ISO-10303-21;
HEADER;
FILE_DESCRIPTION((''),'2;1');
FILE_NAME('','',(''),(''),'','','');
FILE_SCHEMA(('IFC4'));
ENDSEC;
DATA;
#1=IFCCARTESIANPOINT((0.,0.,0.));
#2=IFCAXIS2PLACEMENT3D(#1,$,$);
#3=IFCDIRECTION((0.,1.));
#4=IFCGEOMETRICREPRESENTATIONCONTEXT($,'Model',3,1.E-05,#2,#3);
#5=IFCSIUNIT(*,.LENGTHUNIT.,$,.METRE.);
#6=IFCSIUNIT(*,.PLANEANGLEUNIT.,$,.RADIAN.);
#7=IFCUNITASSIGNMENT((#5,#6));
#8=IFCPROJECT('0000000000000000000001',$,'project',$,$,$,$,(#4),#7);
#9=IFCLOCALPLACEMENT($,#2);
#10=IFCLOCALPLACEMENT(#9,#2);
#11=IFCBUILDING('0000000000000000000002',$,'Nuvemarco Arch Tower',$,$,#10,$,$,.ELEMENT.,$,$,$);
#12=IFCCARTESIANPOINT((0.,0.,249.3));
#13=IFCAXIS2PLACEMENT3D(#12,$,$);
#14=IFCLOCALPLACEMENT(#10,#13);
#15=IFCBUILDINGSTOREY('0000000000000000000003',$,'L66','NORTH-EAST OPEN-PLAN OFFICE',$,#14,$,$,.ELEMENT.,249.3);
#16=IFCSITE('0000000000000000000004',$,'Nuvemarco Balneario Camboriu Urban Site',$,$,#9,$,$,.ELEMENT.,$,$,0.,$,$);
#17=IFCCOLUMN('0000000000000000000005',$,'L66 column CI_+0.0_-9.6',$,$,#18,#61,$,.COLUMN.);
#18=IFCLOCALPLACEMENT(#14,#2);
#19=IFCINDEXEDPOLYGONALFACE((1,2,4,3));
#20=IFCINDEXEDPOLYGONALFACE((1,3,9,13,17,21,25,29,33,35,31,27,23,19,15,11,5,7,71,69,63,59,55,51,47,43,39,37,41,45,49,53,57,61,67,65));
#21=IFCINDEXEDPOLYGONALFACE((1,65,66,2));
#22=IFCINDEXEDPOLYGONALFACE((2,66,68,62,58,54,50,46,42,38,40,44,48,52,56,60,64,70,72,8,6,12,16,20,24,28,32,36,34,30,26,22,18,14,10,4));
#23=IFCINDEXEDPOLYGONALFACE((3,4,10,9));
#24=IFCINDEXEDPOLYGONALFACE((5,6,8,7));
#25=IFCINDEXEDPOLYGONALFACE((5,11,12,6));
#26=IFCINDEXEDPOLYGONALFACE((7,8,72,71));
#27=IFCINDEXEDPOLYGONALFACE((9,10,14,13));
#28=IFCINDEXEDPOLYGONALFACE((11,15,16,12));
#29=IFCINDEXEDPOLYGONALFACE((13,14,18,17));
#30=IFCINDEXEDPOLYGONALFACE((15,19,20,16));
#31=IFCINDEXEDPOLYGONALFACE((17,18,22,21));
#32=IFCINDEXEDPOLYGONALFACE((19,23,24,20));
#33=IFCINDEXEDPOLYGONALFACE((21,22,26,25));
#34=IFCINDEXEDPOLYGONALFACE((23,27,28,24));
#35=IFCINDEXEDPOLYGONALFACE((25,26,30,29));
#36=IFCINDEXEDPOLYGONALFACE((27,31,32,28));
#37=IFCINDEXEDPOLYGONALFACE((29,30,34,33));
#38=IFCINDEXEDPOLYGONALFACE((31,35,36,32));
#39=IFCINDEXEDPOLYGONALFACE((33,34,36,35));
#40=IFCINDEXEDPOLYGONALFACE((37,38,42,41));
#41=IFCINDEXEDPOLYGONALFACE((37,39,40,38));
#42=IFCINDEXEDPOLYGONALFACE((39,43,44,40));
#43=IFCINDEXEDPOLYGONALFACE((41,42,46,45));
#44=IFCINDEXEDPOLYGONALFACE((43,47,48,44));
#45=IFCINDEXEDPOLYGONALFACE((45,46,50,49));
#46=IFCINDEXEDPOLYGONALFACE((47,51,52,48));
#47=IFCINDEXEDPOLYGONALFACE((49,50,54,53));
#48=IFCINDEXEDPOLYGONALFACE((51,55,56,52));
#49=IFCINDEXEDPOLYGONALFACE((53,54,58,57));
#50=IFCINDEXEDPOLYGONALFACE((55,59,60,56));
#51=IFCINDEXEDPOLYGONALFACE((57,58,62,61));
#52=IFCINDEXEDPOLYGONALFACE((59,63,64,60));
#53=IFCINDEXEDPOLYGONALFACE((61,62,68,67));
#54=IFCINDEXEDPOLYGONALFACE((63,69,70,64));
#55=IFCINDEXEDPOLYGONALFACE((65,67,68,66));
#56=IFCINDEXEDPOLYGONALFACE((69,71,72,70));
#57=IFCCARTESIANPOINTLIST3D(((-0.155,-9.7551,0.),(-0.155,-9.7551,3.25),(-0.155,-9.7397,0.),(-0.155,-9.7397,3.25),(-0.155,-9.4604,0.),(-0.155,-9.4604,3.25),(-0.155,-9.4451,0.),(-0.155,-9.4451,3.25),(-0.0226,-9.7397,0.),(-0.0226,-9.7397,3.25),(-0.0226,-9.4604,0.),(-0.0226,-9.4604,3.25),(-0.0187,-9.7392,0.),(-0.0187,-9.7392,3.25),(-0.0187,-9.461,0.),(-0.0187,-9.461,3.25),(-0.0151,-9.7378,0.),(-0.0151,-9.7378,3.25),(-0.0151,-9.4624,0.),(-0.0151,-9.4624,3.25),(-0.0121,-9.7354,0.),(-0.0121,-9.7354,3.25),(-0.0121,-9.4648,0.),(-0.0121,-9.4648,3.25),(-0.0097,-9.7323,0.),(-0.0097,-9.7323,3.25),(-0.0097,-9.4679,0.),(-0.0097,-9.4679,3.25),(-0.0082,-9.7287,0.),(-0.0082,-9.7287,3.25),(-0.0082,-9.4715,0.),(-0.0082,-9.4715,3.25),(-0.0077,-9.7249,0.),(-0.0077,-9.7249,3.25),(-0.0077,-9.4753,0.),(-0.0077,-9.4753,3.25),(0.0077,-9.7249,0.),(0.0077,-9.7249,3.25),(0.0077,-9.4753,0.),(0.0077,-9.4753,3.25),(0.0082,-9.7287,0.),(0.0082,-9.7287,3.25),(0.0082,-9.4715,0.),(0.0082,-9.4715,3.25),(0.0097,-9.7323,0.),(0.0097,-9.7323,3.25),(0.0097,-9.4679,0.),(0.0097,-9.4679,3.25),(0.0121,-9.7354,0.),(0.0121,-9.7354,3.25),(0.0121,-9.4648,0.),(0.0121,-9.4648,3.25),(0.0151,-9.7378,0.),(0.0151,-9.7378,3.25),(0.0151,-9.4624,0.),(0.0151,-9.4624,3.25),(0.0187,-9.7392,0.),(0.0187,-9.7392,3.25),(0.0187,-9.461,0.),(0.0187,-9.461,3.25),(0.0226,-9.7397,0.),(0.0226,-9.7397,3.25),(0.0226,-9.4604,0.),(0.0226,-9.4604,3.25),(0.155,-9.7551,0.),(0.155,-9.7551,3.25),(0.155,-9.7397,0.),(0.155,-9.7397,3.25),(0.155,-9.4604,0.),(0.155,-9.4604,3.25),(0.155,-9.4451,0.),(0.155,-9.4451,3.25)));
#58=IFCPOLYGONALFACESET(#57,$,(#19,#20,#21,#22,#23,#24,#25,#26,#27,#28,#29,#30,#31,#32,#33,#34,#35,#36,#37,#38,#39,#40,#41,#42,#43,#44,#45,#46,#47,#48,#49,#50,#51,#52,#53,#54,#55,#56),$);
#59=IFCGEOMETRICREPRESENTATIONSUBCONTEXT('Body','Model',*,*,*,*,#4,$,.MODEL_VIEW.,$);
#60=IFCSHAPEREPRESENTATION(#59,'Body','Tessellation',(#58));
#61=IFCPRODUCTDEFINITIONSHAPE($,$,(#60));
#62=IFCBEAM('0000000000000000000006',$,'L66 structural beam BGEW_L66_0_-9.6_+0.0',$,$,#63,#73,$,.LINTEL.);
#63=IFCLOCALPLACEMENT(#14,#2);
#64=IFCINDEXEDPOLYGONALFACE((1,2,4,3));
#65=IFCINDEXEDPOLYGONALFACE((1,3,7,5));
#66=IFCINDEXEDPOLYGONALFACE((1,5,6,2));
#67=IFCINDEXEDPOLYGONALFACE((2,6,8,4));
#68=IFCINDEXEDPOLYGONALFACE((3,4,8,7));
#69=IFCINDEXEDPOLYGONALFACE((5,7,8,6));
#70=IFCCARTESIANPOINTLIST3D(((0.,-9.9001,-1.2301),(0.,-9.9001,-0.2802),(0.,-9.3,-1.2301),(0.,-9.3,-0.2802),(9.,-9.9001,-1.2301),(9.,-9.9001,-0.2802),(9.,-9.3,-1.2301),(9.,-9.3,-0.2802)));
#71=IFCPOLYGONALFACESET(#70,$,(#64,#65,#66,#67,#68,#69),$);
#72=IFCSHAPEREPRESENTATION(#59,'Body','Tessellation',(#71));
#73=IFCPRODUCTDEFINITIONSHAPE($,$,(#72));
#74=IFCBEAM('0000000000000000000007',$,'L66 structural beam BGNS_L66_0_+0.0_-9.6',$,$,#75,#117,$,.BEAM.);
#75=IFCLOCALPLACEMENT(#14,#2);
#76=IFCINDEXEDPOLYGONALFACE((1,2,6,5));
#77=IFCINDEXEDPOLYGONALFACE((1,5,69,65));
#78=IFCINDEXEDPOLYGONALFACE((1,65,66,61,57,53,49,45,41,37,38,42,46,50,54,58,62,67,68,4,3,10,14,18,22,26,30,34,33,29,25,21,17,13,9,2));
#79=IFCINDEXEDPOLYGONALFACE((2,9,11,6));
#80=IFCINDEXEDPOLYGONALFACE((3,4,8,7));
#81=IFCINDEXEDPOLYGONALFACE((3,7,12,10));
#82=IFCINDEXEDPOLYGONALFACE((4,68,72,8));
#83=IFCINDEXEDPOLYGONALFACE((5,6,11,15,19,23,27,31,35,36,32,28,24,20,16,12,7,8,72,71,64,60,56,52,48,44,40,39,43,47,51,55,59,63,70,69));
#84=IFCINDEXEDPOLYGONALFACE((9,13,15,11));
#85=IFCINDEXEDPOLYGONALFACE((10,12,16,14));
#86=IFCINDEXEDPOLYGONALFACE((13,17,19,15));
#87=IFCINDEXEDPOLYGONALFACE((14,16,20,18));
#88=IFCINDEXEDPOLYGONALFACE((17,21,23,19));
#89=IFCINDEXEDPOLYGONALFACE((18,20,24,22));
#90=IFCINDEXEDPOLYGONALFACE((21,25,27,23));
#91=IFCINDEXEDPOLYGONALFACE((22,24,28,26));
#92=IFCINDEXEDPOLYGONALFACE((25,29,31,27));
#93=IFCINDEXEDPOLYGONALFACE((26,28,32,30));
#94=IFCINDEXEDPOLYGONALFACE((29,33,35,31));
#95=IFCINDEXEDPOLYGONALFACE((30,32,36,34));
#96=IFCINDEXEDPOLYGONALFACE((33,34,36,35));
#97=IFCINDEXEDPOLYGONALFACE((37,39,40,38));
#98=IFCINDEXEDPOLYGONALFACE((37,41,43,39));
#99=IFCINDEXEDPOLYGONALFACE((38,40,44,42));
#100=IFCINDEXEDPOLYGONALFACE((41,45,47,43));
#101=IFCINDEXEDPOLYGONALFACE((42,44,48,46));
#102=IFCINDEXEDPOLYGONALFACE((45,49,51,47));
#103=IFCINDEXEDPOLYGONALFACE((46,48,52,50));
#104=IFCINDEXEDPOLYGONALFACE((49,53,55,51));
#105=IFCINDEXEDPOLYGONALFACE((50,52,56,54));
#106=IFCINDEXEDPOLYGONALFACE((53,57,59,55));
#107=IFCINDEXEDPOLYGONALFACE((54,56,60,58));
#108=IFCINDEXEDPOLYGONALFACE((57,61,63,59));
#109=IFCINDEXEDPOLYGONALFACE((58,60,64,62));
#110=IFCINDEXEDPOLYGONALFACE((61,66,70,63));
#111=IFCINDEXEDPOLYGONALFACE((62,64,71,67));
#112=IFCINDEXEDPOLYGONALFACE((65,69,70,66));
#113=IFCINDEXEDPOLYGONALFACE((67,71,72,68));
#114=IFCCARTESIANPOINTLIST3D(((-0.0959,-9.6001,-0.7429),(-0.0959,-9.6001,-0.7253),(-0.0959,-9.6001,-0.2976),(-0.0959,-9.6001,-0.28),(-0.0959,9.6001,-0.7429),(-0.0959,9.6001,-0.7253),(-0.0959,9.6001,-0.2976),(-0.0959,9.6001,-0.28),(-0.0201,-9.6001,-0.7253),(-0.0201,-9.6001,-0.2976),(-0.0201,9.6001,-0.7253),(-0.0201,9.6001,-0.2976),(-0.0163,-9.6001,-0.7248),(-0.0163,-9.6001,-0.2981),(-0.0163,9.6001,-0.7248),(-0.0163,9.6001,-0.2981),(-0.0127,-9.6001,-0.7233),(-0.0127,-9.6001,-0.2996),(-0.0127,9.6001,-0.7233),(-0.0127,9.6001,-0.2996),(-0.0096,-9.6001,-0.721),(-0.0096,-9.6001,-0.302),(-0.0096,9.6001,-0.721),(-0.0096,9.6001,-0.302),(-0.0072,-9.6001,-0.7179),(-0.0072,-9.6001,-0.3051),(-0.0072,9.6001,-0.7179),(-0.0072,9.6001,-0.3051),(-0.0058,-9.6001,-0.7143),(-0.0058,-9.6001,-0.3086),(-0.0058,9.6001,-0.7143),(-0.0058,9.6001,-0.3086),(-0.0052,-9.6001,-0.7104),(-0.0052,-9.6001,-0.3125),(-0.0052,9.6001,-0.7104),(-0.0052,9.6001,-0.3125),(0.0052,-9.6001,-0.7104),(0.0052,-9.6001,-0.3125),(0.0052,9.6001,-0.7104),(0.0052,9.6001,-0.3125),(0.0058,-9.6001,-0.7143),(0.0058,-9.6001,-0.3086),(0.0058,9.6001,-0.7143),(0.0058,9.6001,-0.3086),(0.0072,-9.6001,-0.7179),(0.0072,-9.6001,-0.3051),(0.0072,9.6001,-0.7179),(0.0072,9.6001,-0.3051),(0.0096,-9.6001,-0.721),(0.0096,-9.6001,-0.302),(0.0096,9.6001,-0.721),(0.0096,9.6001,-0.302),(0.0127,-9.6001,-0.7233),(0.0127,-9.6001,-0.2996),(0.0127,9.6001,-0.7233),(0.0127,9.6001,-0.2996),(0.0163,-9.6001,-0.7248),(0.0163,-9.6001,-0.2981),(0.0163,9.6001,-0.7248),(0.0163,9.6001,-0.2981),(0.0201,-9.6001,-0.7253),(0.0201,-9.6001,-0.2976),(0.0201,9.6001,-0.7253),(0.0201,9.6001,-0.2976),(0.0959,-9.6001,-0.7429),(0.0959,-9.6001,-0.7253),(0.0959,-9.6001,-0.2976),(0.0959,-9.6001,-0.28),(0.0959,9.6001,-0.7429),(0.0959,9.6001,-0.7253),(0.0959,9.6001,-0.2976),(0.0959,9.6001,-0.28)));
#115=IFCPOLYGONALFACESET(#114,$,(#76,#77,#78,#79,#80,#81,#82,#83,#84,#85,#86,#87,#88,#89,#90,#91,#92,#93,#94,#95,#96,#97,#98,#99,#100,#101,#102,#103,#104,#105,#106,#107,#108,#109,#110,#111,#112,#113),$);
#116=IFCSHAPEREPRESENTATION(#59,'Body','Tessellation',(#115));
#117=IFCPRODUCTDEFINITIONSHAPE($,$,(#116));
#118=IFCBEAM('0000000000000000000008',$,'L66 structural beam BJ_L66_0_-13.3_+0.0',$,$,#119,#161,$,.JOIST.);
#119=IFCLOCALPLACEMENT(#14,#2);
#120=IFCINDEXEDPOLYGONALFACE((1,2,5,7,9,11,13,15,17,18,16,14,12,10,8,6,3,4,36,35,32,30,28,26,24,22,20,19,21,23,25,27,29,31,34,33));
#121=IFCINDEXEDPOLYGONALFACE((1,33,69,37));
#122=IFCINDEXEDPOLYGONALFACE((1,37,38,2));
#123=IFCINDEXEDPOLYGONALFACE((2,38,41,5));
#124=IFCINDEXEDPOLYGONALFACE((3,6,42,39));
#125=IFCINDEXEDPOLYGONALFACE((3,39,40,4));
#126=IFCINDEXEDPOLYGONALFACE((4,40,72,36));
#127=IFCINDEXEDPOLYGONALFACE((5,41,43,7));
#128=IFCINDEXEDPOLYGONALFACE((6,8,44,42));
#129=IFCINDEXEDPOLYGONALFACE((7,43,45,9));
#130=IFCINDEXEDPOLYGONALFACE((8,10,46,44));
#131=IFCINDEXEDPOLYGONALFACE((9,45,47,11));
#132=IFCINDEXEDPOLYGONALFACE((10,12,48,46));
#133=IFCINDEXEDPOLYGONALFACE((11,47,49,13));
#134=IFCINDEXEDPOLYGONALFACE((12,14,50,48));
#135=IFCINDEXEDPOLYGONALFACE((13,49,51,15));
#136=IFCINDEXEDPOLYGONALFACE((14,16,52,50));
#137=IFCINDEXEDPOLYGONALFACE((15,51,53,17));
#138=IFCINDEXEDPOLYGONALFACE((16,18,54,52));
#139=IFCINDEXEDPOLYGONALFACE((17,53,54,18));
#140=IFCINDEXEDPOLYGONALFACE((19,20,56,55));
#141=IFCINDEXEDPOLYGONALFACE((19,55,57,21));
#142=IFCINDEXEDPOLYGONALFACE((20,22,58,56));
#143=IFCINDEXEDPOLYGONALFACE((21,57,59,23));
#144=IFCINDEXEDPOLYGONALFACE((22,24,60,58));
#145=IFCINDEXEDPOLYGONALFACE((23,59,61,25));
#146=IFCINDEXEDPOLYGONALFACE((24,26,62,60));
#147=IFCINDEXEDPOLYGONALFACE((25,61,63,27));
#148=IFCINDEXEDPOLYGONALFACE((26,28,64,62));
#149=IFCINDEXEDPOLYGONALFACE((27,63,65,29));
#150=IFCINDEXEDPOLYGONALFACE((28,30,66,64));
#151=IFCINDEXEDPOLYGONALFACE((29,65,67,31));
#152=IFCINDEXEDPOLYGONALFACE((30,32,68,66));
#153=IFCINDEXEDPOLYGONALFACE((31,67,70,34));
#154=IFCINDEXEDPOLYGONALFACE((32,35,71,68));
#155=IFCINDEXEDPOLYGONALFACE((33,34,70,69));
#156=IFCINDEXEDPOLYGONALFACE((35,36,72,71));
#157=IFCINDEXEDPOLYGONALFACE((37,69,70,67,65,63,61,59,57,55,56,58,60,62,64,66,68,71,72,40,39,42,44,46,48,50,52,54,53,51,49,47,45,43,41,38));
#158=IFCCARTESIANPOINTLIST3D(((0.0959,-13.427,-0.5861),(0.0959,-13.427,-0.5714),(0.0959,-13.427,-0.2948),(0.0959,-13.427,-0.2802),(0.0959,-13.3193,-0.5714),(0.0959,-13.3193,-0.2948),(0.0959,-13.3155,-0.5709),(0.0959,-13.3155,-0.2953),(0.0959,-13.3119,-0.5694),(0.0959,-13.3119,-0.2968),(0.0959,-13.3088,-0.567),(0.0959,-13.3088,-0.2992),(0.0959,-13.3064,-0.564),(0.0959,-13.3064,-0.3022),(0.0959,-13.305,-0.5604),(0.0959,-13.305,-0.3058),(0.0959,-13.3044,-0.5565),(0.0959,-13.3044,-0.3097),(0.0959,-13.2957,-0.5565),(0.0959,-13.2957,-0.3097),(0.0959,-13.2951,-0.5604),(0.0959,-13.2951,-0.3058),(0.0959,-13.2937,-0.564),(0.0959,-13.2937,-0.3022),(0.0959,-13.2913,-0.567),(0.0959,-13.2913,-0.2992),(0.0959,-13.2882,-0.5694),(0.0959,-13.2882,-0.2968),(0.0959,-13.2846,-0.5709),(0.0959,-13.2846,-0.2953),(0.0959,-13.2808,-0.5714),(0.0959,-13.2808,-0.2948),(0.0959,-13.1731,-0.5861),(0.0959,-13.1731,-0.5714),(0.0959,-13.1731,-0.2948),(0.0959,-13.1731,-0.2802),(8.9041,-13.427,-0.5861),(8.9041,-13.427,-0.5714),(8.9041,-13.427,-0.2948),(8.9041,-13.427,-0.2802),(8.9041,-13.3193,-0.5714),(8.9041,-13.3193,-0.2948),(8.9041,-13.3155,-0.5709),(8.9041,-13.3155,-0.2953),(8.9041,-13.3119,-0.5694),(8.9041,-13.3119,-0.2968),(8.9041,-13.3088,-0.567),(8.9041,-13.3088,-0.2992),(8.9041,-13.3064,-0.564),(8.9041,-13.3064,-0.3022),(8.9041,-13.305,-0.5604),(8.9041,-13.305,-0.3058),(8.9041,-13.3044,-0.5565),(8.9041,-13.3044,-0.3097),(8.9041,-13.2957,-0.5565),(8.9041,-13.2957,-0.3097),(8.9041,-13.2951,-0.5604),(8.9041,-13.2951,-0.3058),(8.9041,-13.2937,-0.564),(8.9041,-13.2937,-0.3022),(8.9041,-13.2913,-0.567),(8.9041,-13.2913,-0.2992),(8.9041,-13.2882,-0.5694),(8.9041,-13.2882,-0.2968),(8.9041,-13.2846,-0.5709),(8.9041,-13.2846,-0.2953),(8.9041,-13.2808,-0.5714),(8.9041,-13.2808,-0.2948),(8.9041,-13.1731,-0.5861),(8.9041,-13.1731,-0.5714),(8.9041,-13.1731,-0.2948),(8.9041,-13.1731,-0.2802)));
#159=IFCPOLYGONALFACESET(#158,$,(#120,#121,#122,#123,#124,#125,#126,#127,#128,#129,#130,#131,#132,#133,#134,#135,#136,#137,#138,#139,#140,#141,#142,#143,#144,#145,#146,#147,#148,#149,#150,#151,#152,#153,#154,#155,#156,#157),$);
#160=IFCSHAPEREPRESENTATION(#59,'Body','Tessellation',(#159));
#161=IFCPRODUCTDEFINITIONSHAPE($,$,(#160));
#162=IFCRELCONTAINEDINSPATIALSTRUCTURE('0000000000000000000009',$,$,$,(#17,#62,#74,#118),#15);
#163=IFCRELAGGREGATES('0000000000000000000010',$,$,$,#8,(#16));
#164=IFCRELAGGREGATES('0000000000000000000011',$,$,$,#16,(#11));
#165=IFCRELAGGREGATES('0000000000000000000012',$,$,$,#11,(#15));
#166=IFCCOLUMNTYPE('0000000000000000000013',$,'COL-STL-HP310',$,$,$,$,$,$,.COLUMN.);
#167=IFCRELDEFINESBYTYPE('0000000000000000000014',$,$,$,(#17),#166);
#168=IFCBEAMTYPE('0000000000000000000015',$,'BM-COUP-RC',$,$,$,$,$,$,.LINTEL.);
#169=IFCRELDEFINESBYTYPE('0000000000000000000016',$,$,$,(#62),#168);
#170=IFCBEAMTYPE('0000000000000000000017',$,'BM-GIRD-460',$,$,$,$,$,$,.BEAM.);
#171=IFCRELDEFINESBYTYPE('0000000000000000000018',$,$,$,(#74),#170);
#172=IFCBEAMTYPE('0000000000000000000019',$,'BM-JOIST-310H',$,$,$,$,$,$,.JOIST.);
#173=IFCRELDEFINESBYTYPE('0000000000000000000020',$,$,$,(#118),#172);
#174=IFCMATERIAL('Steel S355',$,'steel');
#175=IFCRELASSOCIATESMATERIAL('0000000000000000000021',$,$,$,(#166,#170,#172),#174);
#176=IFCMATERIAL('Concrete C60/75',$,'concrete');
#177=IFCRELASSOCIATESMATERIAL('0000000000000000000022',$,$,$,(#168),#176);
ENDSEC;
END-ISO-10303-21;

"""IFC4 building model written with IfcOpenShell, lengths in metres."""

from ifc_helpers import new_model, si_unit, direction, frame, origin, origin_2d, place, context, subcontext, project, spatial, rectangle, i_section, extrude, material, material_profile, profile_set, type_object, element, save


model = new_model("IFC4")

# Units and contexts
model_context = context("Model", 3, precision=1e-05, world=origin(), true_north=direction((0.0, 1.0)))
body_context = subcontext(model_context, "Body", "Model", "MODEL_VIEW")
ifc_project = project(units=[si_unit("LENGTHUNIT", "METRE"), si_unit("PLANEANGLEUNIT", "RADIAN")], contexts=[model_context])

# Site, building, storey
site_placement = place(None, origin())
site = spatial("IfcSite", under=ifc_project, at=site_placement, Name="Nuvemarco Balneario Camboriu Urban Site", CompositionType="ELEMENT", RefElevation=0.0)
building_placement = place(site_placement, origin())
building = spatial("IfcBuilding", under=site, at=building_placement, Name="Nuvemarco Arch Tower", CompositionType="ELEMENT")
storey_placement = place(building_placement, frame((0.0, 0.0, 249.3)))
storey = spatial("IfcBuildingStorey", under=building, at=storey_placement, Name="L66", Description="NORTH-EAST OPEN-PLAN OFFICE", CompositionType="ELEMENT", Elevation=249.3)

# Column
ifc_material_1 = material(Name="Steel S355", Category="steel")
ifc_material_profile_1 = material_profile(ifc_material_1, i_section(OverallWidth=0.3101, OverallDepth=0.3101, WebThickness=0.0154, FlangeThickness=0.0154, FilletRadius=0.0149, at=origin_2d()), Name="HP310x110")
ifc_profile_set_1 = profile_set([ifc_material_profile_1], Name="Steel S355")
column_type = type_object("IfcColumnType", Name="COL-STL-HP310", PredefinedType="COLUMN", material=ifc_profile_set_1)
column_placement = place(storey_placement, frame((0.0, -9.6001, 0.0), z_axis=(0.0, 0.0, 1.0), x_axis=(1.0, 0.0, 0.0)))
element("IfcColumn", 1, at=column_placement, inside=storey, type_object=column_type, Name="L66 column CI_+0.0_-9.6", PredefinedType="COLUMN", context=body_context, shape_type="SweptSolid", body=[
    extrude(i_section(OverallWidth=0.3101, OverallDepth=0.3101, WebThickness=0.0154, FlangeThickness=0.0154, FilletRadius=0.0149, at=origin_2d()), origin(), (0.0, 0.0, 1.0), 3.25),
])

# Beams
ifc_material_2 = material(Name="Concrete C60/75", Category="concrete")
ifc_material_profile_2 = material_profile(ifc_material_2, rectangle(XDim=0.6001, YDim=0.95, at=origin_2d()), Name="RC-BM-600x950")
ifc_profile_set_2 = profile_set([ifc_material_profile_2], Name="Concrete C60/75")
beam_type_1 = type_object("IfcBeamType", Name="BM-COUP-RC", PredefinedType="LINTEL", material=ifc_profile_set_2)
beam_1_placement = place(storey_placement, frame((0.0, -9.6001, -0.7551), z_axis=(1.0, 0.0, 0.0), x_axis=(0.0, 1.0, 0.0)))
element("IfcBeam", 2, at=beam_1_placement, inside=storey, type_object=beam_type_1, Name="L66 structural beam BGEW_L66_0_-9.6_+0.0", PredefinedType="LINTEL", context=body_context, shape_type="SweptSolid", body=[
    extrude(rectangle(XDim=0.6001, YDim=0.95, at=origin_2d()), origin(), (0.0, 0.0, 1.0), 9.0),
])
ifc_material_profile_3 = material_profile(ifc_material_1, i_section(OverallWidth=0.1919, OverallDepth=0.4629, WebThickness=0.0105, FlangeThickness=0.0176, FilletRadius=0.0149, at=origin_2d()), Name="W460x89")
ifc_profile_set_3 = profile_set([ifc_material_profile_3], Name="Steel S355")
beam_type_2 = type_object("IfcBeamType", Name="BM-GIRD-460", PredefinedType="BEAM", material=ifc_profile_set_3)
beam_2_placement = place(storey_placement, frame((0.0, -9.6001, -0.5115), z_axis=(0.0, 1.0, 0.0), x_axis=(-1.0, 0.0, 0.0)))
element("IfcBeam", 3, at=beam_2_placement, inside=storey, type_object=beam_type_2, Name="L66 structural beam BGNS_L66_0_+0.0_-9.6", PredefinedType="BEAM", context=body_context, shape_type="SweptSolid", body=[
    extrude(i_section(OverallWidth=0.1919, OverallDepth=0.4629, WebThickness=0.0105, FlangeThickness=0.0176, FilletRadius=0.0149, at=origin_2d()), origin(), (0.0, 0.0, 1.0), 19.2002),
])
ifc_material_profile_4 = material_profile(ifc_material_1, i_section(OverallWidth=0.2539, OverallDepth=0.3059, WebThickness=0.0088, FlangeThickness=0.0146, FilletRadius=0.0149, at=origin_2d()), Name="W310x79")
ifc_profile_set_4 = profile_set([ifc_material_profile_4], Name="Steel S355")
beam_type_3 = type_object("IfcBeamType", Name="BM-JOIST-310H", PredefinedType="JOIST", material=ifc_profile_set_4)
beam_3_placement = place(storey_placement, frame((0.0959, -13.3, -0.4331), z_axis=(1.0, 0.0, 0.0), x_axis=(0.0, 1.0, 0.0)))
element("IfcBeam", 4, at=beam_3_placement, inside=storey, type_object=beam_type_3, Name="L66 structural beam BJ_L66_0_-13.3_+0.0", PredefinedType="JOIST", context=body_context, shape_type="SweptSolid", body=[
    extrude(i_section(OverallWidth=0.2539, OverallDepth=0.3059, WebThickness=0.0088, FlangeThickness=0.0146, FilletRadius=0.0149, at=origin_2d()), origin(), (0.0, 0.0, 1.0), 8.8081),
])

save(model, "model.ifc")
